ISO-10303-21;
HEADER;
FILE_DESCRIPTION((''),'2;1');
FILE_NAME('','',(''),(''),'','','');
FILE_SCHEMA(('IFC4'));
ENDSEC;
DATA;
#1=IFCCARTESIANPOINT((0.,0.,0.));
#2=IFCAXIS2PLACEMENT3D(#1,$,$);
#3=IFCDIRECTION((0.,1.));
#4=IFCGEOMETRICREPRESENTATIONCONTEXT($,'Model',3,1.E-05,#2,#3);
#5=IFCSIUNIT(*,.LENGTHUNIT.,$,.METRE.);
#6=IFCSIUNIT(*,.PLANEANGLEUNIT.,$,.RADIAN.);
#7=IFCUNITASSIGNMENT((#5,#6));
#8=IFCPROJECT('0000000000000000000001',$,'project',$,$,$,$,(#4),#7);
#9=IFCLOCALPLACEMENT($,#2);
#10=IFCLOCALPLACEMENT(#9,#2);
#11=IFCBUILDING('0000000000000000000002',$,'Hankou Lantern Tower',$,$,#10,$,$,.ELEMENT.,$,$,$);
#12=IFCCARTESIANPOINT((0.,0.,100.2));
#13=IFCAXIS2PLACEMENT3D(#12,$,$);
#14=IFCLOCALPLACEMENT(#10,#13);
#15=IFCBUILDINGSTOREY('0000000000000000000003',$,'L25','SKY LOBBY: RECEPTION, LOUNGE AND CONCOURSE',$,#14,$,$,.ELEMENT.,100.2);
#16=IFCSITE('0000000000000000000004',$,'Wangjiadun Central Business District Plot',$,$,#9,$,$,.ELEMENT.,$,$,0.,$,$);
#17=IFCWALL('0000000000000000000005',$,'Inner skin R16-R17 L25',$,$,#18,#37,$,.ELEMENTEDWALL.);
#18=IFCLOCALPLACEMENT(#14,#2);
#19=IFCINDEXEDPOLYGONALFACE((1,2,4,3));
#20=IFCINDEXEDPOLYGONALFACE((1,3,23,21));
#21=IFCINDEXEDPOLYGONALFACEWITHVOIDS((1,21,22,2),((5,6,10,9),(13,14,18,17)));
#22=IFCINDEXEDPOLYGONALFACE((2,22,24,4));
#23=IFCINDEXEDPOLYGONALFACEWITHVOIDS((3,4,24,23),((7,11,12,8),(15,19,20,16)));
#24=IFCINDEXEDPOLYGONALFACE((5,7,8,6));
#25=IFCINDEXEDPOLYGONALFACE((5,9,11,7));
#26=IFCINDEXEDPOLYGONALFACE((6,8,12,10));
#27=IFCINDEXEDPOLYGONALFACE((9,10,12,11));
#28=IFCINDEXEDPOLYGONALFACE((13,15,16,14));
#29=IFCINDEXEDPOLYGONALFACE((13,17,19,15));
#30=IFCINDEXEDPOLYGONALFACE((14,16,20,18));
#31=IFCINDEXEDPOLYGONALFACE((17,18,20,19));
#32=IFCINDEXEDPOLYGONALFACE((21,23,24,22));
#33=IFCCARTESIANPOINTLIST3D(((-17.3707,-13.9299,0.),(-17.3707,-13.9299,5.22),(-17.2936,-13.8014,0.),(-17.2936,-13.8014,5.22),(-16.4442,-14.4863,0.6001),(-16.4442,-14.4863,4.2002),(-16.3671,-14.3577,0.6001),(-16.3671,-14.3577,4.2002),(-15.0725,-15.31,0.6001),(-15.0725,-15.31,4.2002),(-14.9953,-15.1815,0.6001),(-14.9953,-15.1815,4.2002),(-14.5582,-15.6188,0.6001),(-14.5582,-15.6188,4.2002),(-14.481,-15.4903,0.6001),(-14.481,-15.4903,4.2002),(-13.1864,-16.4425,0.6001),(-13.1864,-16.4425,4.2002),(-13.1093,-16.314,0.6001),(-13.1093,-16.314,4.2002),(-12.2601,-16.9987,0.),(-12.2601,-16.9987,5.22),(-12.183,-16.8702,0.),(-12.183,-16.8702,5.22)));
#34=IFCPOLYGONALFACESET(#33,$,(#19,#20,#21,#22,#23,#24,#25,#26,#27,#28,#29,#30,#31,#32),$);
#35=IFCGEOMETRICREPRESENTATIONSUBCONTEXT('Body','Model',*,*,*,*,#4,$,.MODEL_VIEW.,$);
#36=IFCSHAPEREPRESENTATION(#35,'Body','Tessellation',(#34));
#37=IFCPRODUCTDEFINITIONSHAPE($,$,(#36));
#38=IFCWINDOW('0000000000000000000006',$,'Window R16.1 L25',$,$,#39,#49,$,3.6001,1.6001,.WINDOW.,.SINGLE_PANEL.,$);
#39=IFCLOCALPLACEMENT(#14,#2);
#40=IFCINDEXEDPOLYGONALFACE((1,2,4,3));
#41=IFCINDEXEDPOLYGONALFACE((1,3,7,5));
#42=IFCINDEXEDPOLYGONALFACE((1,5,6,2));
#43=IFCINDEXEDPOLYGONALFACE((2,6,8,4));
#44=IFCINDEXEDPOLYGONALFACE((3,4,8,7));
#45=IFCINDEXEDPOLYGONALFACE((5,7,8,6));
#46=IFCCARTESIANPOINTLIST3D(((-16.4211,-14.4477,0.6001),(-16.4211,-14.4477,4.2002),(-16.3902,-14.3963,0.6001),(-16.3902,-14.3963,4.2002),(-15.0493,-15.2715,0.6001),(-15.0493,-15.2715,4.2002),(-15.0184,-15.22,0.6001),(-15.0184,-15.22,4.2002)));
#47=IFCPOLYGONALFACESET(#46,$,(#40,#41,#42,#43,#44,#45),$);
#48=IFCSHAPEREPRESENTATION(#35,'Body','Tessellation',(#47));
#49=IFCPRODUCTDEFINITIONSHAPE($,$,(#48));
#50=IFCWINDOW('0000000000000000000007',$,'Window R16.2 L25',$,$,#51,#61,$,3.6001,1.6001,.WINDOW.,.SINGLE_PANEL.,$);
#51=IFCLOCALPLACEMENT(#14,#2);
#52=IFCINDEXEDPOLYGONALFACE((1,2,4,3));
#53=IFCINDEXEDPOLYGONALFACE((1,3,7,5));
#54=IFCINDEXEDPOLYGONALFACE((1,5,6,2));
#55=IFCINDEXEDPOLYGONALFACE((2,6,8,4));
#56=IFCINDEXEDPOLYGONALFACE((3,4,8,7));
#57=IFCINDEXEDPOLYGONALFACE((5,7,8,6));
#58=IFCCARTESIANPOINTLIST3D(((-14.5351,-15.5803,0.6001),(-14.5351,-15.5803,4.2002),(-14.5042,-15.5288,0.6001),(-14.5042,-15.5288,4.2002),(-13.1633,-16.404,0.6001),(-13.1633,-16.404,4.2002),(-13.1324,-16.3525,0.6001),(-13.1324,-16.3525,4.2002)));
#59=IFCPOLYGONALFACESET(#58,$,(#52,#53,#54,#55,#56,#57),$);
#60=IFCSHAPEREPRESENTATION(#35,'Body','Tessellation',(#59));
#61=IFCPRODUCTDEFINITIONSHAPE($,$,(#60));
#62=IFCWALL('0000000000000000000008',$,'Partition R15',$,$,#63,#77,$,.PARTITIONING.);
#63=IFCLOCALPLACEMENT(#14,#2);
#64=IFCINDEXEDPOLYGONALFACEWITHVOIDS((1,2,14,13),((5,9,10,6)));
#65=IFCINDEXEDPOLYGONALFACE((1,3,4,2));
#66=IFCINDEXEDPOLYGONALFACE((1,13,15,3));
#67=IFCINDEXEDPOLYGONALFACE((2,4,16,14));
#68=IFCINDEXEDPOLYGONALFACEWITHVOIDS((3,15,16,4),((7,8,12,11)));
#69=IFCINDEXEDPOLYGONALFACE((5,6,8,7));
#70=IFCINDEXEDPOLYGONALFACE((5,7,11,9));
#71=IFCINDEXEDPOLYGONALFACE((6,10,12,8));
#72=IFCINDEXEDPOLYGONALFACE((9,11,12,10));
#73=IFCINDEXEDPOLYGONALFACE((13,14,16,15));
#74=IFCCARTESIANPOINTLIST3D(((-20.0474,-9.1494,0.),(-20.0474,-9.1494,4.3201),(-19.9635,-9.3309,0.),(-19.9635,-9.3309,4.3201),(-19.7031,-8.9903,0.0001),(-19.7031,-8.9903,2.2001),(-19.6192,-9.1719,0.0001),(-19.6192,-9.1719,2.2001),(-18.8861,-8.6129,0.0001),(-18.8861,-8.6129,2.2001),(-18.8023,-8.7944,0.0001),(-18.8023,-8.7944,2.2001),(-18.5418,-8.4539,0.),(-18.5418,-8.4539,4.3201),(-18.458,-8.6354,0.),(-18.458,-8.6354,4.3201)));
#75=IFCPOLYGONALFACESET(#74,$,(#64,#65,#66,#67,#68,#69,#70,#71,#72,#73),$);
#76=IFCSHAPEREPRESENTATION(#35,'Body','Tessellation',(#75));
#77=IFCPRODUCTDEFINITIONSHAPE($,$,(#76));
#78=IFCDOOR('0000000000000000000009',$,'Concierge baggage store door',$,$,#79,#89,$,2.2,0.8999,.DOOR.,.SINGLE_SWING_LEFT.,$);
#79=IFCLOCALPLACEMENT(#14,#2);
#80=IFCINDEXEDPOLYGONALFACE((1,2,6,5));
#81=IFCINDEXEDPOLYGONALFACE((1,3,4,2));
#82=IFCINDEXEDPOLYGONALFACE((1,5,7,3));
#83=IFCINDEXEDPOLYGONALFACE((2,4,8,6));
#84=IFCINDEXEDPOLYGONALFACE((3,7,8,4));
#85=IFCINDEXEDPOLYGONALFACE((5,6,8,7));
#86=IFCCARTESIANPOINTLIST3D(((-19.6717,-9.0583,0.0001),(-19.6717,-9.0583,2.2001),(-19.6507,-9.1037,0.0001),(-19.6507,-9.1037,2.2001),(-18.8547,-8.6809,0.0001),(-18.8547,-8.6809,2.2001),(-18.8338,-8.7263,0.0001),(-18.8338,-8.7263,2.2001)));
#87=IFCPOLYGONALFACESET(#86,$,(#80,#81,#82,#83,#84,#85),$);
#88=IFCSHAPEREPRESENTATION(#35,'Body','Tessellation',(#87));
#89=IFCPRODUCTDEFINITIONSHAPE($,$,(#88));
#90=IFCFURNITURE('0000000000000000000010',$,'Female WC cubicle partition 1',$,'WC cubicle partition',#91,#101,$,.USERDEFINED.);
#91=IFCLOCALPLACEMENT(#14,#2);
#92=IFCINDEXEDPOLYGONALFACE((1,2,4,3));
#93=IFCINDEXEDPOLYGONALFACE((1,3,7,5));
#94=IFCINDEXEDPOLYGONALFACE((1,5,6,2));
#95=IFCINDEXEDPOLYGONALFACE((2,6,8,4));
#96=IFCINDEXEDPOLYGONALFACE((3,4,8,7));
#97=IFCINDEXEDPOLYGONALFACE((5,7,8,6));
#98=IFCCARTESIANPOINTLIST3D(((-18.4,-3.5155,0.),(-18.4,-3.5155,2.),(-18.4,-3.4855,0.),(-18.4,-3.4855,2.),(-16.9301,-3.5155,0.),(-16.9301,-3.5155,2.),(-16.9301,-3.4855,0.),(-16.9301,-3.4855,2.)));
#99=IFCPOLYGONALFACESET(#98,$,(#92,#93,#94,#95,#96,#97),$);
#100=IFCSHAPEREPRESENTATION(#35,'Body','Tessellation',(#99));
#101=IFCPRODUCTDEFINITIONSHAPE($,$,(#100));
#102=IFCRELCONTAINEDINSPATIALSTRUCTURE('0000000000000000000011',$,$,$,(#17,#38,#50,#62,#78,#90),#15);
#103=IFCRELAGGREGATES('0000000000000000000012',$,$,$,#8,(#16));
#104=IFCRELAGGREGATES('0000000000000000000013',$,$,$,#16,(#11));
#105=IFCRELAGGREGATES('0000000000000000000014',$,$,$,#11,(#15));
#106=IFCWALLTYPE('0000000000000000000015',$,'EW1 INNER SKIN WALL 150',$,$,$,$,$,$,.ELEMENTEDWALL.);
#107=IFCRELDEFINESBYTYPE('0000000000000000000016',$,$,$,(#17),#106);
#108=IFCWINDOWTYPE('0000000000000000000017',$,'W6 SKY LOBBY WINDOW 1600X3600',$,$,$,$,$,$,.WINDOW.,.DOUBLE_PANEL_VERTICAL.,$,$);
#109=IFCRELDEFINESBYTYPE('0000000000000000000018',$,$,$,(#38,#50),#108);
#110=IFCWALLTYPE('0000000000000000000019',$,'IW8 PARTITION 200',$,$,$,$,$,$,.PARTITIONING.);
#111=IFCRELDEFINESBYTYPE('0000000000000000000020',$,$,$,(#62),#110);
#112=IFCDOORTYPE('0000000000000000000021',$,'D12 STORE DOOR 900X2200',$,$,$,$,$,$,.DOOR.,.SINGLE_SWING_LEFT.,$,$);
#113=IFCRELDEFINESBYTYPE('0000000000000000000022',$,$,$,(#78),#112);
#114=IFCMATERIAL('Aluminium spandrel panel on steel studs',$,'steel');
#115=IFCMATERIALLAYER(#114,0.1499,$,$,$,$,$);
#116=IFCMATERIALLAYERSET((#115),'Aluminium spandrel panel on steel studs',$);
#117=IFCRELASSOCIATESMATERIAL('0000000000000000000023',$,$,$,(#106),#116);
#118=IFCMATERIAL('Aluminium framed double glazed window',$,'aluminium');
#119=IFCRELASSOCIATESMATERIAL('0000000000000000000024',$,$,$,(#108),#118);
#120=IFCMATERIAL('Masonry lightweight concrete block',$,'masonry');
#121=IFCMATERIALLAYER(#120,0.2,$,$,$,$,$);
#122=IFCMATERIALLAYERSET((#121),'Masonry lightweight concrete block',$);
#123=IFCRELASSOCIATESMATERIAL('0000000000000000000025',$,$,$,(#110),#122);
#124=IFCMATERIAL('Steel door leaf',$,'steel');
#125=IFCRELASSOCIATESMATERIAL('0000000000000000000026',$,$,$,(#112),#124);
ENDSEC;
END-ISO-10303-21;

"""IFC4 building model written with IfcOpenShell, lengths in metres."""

from ifc_helpers import new_model, si_unit, direction, frame, frame_2d, origin, origin_2d, place, context, subcontext, project, spatial, rectangle, extrude, material, layer, layer_set, type_object, element, fill, save


model = new_model("IFC4")

# Units and contexts
model_context = context("Model", 3, precision=1e-05, world=origin(), true_north=direction((0.0, 1.0)))
body_context = subcontext(model_context, "Body", "Model", "MODEL_VIEW")
ifc_project = project(units=[si_unit("LENGTHUNIT", "METRE"), si_unit("PLANEANGLEUNIT", "RADIAN")], contexts=[model_context])

# Site, building, storey
site_placement = place(None, origin())
site = spatial("IfcSite", under=ifc_project, at=site_placement, Name="Wangjiadun Central Business District Plot", CompositionType="ELEMENT", RefElevation=0.0)
building_placement = place(site_placement, origin())
building = spatial("IfcBuilding", under=site, at=building_placement, Name="Hankou Lantern Tower", CompositionType="ELEMENT")
storey_placement = place(building_placement, frame((0.0, 0.0, 100.2)))
storey = spatial("IfcBuildingStorey", under=building, at=storey_placement, Name="L25", Description="SKY LOBBY: RECEPTION, LOUNGE AND CONCOURSE", CompositionType="ELEMENT", Elevation=100.2)

# Wall, openings, windows
ifc_material_1 = material(Name="Aluminium spandrel panel on steel studs", Category="steel")
ifc_layer_1 = layer(ifc_material_1, 0.1499)
ifc_layer_set_1 = layer_set([ifc_layer_1], Name="Aluminium spandrel panel on steel studs")
wall_type_1 = type_object("IfcWallType", Name="EW1 INNER SKIN WALL 150", PredefinedType="ELEMENTEDWALL", material=ifc_layer_set_1)
ifc_material_2 = material(Name="Aluminium framed double glazed window", Category="aluminium")
window_type = type_object("IfcWindowType", Name="W6 SKY LOBBY WINDOW 1600X3600", PartitioningType="DOUBLE_PANEL_VERTICAL", PredefinedType="WINDOW", material=ifc_material_2)
wall_1_placement = place(storey_placement, frame((-17.332, -13.8657, 0.0), z_axis=(0.0, 0.0, 1.0), x_axis=(0.857309, -0.514803, 0.0)))
wall_1 = element("IfcWall", 1, at=wall_1_placement, inside=storey, type_object=wall_type_1, Name="Inner skin R16-R17 L25", PredefinedType="ELEMENTEDWALL", context=body_context, shape_type="SweptSolid", body=[
    extrude(rectangle(XDim=5.9612, YDim=0.1499, at=frame_2d((2.9805, 0.0))), origin(), (0.0, 0.0, 1.0), 5.22),
])
opening_1_placement = place(wall_1_placement, frame((1.0806, 0.0, 0.6001)))
opening_1 = element("IfcOpeningElement", 2, at=opening_1_placement, cuts=wall_1, PredefinedType="OPENING", context=body_context, shape_type="SweptSolid", body=[
    extrude(rectangle(XDim=1.6001, YDim=3.6001, at=frame_2d((0.8, 1.8))), frame((0.0, 0.085, 0.0), z_axis=(0.0, -1.0, 0.0), x_axis=(1.0, 0.0, 0.0)), (0.0, 0.0, 1.0), 0.1699),
])
opening_2_placement = place(wall_1_placement, frame((3.2805, 0.0, 0.6001)))
opening_2 = element("IfcOpeningElement", 3, at=opening_2_placement, cuts=wall_1, PredefinedType="OPENING", context=body_context, shape_type="SweptSolid", body=[
    extrude(rectangle(XDim=1.6001, YDim=3.6001, at=frame_2d((0.8, 1.8))), frame((0.0, 0.085, 0.0), z_axis=(0.0, -1.0, 0.0), x_axis=(1.0, 0.0, 0.0)), (0.0, 0.0, 1.0), 0.1699),
])
window_1_placement = place(opening_1_placement, origin())
window_1 = element("IfcWindow", 4, at=window_1_placement, inside=storey, type_object=window_type, Name="Window R16.1 L25", OverallHeight=3.6001, OverallWidth=1.6001, PartitioningType="SINGLE_PANEL", PredefinedType="WINDOW", context=body_context, shape_type="SweptSolid", body=[
    extrude(rectangle(XDim=1.6001, YDim=3.6001, at=frame_2d((0.8, 1.8))), frame((0.0, 0.03, 0.0), z_axis=(0.0, -1.0, 0.0), x_axis=(1.0, 0.0, 0.0)), (0.0, 0.0, 1.0), 0.0601),
])
fill(opening_1, window_1)
window_2_placement = place(opening_2_placement, origin())
window_2 = element("IfcWindow", 5, at=window_2_placement, inside=storey, type_object=window_type, Name="Window R16.2 L25", OverallHeight=3.6001, OverallWidth=1.6001, PartitioningType="SINGLE_PANEL", PredefinedType="WINDOW", context=body_context, shape_type="SweptSolid", body=[
    extrude(rectangle(XDim=1.6001, YDim=3.6001, at=frame_2d((0.8, 1.8))), frame((0.0, 0.03, 0.0), z_axis=(0.0, -1.0, 0.0), x_axis=(1.0, 0.0, 0.0)), (0.0, 0.0, 1.0), 0.0601),
])
fill(opening_2, window_2)

# Wall, opening, door
ifc_material_3 = material(Name="Masonry lightweight concrete block", Category="masonry")
ifc_layer_2 = layer(ifc_material_3, 0.2)
ifc_layer_set_2 = layer_set([ifc_layer_2], Name="Masonry lightweight concrete block")
wall_type_2 = type_object("IfcWallType", Name="IW8 PARTITION 200", PredefinedType="PARTITIONING", material=ifc_layer_set_2)
wall_2_placement = place(storey_placement, frame((-18.5, -8.5447, 0.0), z_axis=(0.0, 0.0, 1.0), x_axis=(-0.907809, -0.419385, 0.0)))
wall_2 = element("IfcWall", 6, at=wall_2_placement, inside=storey, type_object=wall_type_2, Name="Partition R15", PredefinedType="PARTITIONING", context=body_context, shape_type="SweptSolid", body=[
    extrude(rectangle(XDim=1.6584, YDim=0.2, at=frame_2d((0.8291, 0.0))), origin(), (0.0, 0.0, 1.0), 4.3201),
])
opening_3_placement = place(wall_2_placement, frame((0.3792, 0.0, 0.0)))
opening_3 = element("IfcOpeningElement", 7, at=opening_3_placement, cuts=wall_2, PredefinedType="OPENING", context=body_context, shape_type="SweptSolid", body=[
    extrude(rectangle(XDim=0.8999, YDim=2.2, at=frame_2d((0.45, 1.1001))), frame((0.0, 0.1099, 0.0), z_axis=(0.0, -1.0, 0.0), x_axis=(1.0, 0.0, 0.0)), (0.0, 0.0, 1.0), 0.22),
])
ifc_material_4 = material(Name="Steel door leaf", Category="steel")
door_type = type_object("IfcDoorType", Name="D12 STORE DOOR 900X2200", OperationType="SINGLE_SWING_LEFT", PredefinedType="DOOR", material=ifc_material_4)
door_placement = place(opening_3_placement, origin())
door = element("IfcDoor", 8, at=door_placement, inside=storey, type_object=door_type, Name="Concierge baggage store door", OperationType="SINGLE_SWING_LEFT", OverallHeight=2.2, OverallWidth=0.8999, PredefinedType="DOOR", context=body_context, shape_type="SweptSolid", body=[
    extrude(rectangle(XDim=0.8999, YDim=2.2, at=frame_2d((0.45, 1.1001))), frame((0.0, 0.0249, 0.0), z_axis=(0.0, -1.0, 0.0), x_axis=(1.0, 0.0, 0.0)), (0.0, 0.0, 1.0), 0.05),
])
fill(opening_3, door)

# Furniture
furniture_placement = place(storey_placement, frame((-17.665, -3.5005, 0.0), z_axis=(0.0, 0.0, 1.0), x_axis=(0.0, 1.0, 0.0)))
element("IfcFurniture", 9, at=furniture_placement, inside=storey, Name="Female WC cubicle partition 1", ObjectType="WC cubicle partition", PredefinedType="USERDEFINED", context=body_context, shape_type="SweptSolid", body=[
    extrude(rectangle(XDim=0.03, YDim=1.47, at=origin_2d()), origin(), (0.0, 0.0, 1.0), 2.0),
])

save(model, "model.ifc")
